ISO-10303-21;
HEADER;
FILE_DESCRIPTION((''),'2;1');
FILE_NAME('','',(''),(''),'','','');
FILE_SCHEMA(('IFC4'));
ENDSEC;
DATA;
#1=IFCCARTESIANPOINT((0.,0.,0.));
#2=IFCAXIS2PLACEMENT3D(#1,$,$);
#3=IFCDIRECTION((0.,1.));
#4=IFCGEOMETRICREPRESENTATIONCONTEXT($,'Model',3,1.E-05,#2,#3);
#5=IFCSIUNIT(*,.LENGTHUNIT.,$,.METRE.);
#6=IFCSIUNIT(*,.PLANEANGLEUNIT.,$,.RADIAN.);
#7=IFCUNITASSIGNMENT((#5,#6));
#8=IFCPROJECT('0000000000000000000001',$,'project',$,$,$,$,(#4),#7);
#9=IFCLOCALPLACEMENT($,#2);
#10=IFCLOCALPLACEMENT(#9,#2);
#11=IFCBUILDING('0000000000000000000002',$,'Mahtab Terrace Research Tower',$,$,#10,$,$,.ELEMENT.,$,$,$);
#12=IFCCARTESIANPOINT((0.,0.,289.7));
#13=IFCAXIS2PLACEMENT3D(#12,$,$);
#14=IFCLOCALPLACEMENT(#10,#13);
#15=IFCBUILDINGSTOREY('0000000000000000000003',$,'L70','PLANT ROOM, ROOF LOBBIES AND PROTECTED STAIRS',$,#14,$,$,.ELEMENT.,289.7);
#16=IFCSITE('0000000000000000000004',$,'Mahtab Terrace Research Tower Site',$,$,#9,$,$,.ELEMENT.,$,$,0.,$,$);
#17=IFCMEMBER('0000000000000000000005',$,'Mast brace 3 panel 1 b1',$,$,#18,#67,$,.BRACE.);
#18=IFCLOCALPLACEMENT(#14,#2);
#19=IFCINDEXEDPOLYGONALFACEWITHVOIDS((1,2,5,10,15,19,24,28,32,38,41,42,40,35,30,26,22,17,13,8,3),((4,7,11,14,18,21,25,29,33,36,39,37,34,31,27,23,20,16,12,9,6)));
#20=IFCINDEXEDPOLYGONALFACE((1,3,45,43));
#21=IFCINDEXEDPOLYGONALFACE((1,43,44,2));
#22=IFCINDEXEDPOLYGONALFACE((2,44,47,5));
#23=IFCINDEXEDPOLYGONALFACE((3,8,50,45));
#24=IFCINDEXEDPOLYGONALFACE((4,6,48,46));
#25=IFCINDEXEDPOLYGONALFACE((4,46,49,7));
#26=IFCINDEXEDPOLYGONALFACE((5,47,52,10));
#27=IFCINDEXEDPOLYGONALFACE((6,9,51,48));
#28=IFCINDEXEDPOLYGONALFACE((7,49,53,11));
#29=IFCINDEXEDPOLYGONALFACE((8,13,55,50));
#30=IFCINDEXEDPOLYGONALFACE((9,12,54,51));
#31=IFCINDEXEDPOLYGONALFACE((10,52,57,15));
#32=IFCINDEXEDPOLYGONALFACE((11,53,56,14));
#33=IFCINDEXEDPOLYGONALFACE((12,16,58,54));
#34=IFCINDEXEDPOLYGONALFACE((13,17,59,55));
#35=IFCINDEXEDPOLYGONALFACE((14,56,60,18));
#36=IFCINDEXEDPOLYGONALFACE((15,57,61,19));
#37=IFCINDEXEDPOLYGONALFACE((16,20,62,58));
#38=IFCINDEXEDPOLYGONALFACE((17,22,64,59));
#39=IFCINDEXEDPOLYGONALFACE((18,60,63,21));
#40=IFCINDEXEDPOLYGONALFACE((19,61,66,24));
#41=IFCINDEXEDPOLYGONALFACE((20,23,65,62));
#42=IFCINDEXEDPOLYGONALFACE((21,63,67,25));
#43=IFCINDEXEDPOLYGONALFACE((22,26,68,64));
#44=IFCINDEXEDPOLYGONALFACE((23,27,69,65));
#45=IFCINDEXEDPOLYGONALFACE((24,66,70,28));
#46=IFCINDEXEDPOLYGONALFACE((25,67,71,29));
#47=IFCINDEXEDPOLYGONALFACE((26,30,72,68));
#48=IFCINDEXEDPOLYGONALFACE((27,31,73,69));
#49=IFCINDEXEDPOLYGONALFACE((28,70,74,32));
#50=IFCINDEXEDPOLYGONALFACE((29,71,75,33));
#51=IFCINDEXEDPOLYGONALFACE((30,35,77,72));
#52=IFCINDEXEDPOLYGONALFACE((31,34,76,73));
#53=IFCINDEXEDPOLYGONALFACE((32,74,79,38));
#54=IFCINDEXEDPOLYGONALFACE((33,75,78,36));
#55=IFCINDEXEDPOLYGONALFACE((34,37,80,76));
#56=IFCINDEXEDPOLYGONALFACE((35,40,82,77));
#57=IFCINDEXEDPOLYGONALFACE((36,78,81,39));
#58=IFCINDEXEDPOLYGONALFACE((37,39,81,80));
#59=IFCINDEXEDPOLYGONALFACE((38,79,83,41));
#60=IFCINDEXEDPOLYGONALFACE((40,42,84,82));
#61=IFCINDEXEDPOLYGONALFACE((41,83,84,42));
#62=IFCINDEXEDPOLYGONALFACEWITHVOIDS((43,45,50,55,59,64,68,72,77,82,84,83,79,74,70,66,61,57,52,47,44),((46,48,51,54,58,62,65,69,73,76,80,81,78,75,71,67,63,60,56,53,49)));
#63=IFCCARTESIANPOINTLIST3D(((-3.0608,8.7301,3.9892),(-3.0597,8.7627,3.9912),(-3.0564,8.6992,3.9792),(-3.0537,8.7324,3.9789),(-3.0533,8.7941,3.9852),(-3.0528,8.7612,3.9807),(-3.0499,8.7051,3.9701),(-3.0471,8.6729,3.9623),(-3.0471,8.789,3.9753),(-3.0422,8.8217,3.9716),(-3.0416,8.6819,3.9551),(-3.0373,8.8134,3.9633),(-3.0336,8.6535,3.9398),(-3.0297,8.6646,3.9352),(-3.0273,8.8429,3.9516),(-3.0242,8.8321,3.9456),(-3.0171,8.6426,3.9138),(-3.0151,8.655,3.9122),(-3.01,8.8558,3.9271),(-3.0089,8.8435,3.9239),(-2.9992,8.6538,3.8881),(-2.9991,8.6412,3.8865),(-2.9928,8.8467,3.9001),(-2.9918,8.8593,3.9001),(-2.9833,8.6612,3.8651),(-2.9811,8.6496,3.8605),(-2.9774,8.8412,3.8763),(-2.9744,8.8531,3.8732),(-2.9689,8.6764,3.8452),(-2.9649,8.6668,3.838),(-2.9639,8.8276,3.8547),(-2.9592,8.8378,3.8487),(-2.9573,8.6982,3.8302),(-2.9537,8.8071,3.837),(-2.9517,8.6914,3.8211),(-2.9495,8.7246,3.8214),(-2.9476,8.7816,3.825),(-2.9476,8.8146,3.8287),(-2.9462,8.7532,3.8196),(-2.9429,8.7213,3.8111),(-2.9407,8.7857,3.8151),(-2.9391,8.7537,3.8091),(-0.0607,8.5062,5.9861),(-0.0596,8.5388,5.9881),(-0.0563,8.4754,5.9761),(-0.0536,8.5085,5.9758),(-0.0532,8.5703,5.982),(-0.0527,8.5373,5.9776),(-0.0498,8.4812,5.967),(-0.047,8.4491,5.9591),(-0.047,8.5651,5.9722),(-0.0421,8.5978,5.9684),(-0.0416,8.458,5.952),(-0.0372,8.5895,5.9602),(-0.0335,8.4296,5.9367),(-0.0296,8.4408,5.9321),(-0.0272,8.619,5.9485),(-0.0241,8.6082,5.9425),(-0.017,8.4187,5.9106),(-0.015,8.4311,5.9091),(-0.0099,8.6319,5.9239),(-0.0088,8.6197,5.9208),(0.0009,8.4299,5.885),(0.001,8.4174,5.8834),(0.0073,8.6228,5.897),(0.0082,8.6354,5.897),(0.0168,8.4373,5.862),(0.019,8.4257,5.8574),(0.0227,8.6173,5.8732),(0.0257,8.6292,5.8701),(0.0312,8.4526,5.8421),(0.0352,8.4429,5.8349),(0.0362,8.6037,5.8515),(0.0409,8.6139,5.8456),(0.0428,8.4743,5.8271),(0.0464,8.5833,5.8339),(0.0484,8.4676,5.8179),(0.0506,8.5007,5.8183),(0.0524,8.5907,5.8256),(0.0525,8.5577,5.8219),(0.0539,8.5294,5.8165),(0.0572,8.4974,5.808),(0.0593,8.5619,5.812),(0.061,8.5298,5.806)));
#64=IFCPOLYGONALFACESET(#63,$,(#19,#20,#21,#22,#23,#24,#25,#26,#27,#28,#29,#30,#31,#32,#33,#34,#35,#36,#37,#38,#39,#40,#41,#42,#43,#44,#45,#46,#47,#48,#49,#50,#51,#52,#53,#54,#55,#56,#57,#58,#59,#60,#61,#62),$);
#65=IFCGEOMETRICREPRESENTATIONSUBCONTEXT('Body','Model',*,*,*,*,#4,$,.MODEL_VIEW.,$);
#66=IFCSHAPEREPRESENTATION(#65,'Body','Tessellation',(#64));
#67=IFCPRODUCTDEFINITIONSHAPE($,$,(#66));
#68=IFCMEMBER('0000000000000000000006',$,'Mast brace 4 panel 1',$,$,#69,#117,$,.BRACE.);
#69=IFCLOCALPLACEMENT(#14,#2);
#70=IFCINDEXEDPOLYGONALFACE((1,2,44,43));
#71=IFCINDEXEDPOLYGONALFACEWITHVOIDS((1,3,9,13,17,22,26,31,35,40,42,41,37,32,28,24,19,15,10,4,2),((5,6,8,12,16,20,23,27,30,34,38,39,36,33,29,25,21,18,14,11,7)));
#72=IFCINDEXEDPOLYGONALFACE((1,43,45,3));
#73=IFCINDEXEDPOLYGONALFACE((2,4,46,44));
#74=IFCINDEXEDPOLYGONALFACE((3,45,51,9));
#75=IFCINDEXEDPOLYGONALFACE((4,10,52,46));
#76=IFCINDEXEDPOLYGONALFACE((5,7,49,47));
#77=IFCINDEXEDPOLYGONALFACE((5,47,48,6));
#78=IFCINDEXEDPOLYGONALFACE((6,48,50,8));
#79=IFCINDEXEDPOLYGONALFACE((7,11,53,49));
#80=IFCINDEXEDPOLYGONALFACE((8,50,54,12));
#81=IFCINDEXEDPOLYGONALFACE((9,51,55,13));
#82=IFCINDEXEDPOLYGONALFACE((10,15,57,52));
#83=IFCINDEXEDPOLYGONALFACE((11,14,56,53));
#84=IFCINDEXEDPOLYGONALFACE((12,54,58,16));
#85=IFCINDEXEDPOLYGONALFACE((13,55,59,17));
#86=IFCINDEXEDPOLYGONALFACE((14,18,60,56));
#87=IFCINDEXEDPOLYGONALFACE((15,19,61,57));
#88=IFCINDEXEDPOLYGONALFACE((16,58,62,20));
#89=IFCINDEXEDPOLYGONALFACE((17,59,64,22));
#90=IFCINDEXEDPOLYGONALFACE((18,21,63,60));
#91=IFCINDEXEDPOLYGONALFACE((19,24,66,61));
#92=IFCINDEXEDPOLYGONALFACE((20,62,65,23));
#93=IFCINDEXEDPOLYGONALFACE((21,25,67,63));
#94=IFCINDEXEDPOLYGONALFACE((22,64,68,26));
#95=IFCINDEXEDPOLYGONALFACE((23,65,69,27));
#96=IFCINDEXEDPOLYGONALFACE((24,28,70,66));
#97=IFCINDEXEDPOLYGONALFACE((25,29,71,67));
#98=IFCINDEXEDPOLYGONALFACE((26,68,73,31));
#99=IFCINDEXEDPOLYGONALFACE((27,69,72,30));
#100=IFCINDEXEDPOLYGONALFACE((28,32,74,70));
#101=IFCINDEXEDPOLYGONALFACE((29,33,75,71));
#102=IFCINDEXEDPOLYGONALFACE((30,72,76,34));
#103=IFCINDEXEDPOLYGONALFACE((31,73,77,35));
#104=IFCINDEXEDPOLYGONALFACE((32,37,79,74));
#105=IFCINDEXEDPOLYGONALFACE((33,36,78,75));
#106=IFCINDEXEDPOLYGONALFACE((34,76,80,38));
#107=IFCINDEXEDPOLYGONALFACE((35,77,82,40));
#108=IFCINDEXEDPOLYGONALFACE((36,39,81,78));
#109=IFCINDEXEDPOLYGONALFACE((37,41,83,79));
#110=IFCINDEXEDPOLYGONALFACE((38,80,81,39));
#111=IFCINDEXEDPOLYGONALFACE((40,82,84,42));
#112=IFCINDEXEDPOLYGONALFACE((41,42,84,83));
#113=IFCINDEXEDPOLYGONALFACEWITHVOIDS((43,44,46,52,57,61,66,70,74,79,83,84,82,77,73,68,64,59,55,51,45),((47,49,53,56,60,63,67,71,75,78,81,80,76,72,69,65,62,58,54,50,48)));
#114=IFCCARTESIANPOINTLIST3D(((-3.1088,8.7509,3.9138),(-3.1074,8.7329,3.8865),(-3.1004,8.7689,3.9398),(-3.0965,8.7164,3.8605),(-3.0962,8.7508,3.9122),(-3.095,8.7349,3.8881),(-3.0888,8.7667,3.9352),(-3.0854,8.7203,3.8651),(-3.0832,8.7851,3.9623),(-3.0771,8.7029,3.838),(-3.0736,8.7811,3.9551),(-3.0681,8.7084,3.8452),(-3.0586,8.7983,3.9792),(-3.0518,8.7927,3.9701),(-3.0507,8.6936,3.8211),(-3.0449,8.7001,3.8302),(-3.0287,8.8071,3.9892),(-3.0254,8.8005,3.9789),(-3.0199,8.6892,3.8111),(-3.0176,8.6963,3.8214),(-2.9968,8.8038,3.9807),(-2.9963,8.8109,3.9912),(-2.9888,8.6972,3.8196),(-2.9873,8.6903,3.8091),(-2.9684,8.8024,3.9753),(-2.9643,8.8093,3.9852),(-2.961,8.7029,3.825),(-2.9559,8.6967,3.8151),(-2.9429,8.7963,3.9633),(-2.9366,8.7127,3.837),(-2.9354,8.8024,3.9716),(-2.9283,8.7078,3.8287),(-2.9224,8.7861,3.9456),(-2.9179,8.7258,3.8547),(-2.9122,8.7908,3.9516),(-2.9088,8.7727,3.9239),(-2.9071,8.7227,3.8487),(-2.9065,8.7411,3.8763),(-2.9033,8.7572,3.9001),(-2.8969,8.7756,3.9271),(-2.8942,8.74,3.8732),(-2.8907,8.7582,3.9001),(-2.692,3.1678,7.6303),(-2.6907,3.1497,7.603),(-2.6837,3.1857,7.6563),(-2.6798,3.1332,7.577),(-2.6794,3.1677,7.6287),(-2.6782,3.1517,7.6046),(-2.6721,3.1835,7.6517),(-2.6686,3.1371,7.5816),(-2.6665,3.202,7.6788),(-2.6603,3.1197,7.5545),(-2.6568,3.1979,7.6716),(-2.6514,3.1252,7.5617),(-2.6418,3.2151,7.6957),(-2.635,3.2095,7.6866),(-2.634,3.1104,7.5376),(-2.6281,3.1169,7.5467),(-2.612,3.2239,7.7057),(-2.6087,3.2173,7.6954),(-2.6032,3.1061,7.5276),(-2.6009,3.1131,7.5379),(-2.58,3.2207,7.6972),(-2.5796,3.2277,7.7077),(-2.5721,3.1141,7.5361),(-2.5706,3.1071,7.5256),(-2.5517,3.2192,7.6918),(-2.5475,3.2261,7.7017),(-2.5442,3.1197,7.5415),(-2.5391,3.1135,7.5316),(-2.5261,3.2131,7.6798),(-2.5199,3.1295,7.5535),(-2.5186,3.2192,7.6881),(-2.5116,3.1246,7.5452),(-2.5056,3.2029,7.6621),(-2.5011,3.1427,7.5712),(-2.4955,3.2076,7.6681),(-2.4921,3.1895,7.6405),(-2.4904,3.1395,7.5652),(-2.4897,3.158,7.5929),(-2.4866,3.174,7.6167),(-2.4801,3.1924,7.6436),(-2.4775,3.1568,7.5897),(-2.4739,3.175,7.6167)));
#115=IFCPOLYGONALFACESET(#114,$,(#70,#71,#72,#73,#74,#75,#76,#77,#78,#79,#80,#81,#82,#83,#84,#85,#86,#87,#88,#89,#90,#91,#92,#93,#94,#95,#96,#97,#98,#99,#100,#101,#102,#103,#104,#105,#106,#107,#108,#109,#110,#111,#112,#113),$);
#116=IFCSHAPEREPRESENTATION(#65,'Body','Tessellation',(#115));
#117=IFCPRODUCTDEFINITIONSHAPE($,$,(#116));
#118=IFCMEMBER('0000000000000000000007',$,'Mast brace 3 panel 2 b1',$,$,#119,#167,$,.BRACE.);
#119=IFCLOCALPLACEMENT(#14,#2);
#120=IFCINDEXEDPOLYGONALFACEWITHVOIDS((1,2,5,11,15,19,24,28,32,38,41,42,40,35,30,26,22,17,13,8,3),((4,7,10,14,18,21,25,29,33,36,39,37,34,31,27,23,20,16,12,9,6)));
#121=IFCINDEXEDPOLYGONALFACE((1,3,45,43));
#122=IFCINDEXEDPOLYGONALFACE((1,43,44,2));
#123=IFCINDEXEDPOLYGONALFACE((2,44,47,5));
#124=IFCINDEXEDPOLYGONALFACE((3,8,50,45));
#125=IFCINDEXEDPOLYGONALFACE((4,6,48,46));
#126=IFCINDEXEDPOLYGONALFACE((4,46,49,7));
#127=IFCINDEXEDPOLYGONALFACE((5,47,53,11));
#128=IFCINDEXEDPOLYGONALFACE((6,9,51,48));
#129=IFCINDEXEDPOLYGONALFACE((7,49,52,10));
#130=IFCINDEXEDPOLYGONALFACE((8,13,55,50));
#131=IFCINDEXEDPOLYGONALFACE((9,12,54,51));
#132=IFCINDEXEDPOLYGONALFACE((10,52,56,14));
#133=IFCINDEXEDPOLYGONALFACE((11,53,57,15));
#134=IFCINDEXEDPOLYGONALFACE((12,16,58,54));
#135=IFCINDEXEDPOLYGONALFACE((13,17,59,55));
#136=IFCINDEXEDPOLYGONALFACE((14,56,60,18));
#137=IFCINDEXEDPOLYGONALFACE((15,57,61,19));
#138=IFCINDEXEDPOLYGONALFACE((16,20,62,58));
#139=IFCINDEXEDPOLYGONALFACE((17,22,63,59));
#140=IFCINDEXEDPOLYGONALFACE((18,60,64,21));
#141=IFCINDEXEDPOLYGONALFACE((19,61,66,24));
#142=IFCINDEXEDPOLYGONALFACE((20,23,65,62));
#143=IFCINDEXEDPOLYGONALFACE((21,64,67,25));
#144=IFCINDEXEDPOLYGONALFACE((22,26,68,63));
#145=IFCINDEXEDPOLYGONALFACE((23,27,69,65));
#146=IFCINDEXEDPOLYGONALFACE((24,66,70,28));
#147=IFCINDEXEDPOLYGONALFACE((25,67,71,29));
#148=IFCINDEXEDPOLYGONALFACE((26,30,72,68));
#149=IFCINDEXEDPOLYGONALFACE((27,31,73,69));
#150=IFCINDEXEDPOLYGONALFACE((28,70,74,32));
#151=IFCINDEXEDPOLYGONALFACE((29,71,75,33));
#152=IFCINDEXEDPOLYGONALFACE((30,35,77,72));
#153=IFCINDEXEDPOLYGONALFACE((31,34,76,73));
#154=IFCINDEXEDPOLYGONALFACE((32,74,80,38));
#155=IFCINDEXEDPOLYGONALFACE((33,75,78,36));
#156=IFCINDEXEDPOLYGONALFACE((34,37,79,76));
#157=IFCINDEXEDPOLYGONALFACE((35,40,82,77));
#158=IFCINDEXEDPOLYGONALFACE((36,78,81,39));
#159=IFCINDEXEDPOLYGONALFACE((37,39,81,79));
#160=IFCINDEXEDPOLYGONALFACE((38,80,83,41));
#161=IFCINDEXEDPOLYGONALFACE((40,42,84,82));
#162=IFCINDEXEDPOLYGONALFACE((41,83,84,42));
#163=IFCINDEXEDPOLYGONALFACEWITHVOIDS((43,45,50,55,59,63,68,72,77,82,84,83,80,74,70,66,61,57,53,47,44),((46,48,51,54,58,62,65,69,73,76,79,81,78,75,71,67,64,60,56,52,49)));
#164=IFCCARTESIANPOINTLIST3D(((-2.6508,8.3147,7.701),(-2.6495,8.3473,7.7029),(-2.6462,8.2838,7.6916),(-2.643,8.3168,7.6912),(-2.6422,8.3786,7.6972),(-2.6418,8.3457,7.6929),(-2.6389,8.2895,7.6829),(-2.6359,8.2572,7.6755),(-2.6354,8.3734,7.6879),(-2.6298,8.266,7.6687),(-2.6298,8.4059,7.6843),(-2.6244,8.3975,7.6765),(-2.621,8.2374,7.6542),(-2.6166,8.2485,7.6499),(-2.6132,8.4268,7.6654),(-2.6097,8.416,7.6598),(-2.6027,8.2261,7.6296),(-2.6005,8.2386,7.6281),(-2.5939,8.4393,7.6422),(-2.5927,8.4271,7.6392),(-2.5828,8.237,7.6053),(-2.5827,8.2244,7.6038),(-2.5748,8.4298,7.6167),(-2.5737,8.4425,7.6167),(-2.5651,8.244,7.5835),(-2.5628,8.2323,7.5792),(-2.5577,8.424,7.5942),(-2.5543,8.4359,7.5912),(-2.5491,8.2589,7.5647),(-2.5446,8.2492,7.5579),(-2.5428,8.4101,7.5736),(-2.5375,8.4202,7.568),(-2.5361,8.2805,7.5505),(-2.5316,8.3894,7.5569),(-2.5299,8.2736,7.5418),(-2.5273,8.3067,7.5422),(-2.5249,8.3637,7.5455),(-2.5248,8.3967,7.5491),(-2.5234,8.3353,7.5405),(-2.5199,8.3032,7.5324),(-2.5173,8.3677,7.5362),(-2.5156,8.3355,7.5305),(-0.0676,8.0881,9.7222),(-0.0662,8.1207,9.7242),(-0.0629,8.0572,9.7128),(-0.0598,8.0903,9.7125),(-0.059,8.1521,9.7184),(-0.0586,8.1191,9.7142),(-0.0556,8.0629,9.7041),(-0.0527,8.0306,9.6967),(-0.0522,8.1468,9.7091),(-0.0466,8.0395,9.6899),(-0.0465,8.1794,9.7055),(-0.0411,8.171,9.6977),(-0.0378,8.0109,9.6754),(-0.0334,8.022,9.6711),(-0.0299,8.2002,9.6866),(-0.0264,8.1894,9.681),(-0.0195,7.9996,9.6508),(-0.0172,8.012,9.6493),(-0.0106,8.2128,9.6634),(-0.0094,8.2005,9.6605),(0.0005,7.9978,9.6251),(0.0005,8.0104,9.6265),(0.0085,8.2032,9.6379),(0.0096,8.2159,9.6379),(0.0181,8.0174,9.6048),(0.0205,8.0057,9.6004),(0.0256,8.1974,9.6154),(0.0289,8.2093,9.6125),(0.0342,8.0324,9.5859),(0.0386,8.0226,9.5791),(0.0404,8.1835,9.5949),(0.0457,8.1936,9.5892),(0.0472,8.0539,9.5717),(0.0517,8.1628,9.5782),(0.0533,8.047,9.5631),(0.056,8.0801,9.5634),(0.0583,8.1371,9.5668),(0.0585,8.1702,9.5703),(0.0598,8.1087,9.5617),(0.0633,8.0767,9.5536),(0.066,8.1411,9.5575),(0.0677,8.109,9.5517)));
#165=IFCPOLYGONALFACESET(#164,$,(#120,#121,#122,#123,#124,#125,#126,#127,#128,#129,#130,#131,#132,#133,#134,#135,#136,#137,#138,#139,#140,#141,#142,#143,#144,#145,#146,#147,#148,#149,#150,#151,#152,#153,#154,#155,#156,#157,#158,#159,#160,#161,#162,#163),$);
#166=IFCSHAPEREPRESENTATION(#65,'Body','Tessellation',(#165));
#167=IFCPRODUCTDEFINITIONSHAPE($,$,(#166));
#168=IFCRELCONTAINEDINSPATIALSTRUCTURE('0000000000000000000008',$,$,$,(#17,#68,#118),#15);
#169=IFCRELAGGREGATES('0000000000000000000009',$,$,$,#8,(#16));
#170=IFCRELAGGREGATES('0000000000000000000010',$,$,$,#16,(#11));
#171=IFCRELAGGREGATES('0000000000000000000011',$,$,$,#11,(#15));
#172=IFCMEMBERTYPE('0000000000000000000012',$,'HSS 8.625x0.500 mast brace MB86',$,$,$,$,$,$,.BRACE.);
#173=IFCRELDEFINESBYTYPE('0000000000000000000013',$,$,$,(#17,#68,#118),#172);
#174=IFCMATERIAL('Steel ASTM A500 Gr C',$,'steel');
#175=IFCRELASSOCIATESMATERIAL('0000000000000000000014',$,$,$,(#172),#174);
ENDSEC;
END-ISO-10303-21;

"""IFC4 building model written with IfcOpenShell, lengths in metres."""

from ifc_helpers import new_model, si_unit, direction, frame, origin, origin_2d, place, context, subcontext, project, spatial, hollow_circle, extrude, material, material_profile, profile_set, type_object, element, save


model = new_model("IFC4")

# Units and contexts
model_context = context("Model", 3, precision=1e-05, world=origin(), true_north=direction((0.0, 1.0)))
body_context = subcontext(model_context, "Body", "Model", "MODEL_VIEW")
ifc_project = project(units=[si_unit("LENGTHUNIT", "METRE"), si_unit("PLANEANGLEUNIT", "RADIAN")], contexts=[model_context])

# Site, building, storey
site_placement = place(None, origin())
site = spatial("IfcSite", under=ifc_project, at=site_placement, Name="Mahtab Terrace Research Tower Site", CompositionType="ELEMENT", RefElevation=0.0)
building_placement = place(site_placement, origin())
building = spatial("IfcBuilding", under=site, at=building_placement, Name="Mahtab Terrace Research Tower", CompositionType="ELEMENT")
storey_placement = place(building_placement, frame((0.0, 0.0, 289.7)))
storey = spatial("IfcBuildingStorey", under=building, at=storey_placement, Name="L70", Description="PLANT ROOM, ROOF LOBBIES AND PROTECTED STAIRS", CompositionType="ELEMENT", Elevation=289.7)

# Members
ifc_material_1 = material(Name="Steel ASTM A500 Gr C", Category="steel")
ifc_material_profile_1 = material_profile(ifc_material_1, hollow_circle(Radius=0.1096, WallThickness=0.0127, at=origin_2d()), Name="HSS8.625X0.500")
ifc_profile_set_1 = profile_set([ifc_material_profile_1], Name="Steel ASTM A500 Gr C")
member_type_1 = type_object("IfcMemberType", Name="HSS 8.625x0.500 mast brace MB86", PredefinedType="BRACE", material=ifc_profile_set_1)
member_1_placement = place(storey_placement, frame((-3.0, 8.75, 3.9001), z_axis=(0.830855, -0.062003, 0.553024), x_axis=(0.074419, 0.997227, 0.0)))
element("IfcMember", 1, at=member_1_placement, inside=storey, type_object=member_type_1, Name="Mast brace 3 panel 1 b1", PredefinedType="BRACE", context=body_context, shape_type="SweptSolid", body=[
    extrude(hollow_circle(Radius=0.1096, WallThickness=0.0127, at=origin_2d()), origin(), (0.0, 0.0, 1.0), 3.6108),
])
member_2_placement = place(storey_placement, frame((-3.0, 8.75, 3.9001), z_axis=(0.062016, -0.830834, 0.553054), x_axis=(0.997226, 0.074435, 0.0)))
element("IfcMember", 2, at=member_2_placement, inside=storey, type_object=member_type_1, Name="Mast brace 4 panel 1", PredefinedType="BRACE", context=body_context, shape_type="SweptSolid", body=[
    extrude(hollow_circle(Radius=0.1096, WallThickness=0.0127, at=origin_2d()), origin(), (0.0, 0.0, 1.0), 6.72),
])
member_3_placement = place(storey_placement, frame((-2.5833, 8.3333, 7.6167), z_axis=(0.785697, -0.068909, 0.614761), x_axis=(0.087369, 0.996176, 0.0)))
element("IfcMember", 3, at=member_3_placement, inside=storey, type_object=member_type_1, Name="Mast brace 3 panel 2 b1", PredefinedType="BRACE", context=body_context, shape_type="SweptSolid", body=[
    extrude(hollow_circle(Radius=0.1096, WallThickness=0.0127, at=origin_2d()), origin(), (0.0, 0.0, 1.0), 3.2878),
])

save(model, "model.ifc")
